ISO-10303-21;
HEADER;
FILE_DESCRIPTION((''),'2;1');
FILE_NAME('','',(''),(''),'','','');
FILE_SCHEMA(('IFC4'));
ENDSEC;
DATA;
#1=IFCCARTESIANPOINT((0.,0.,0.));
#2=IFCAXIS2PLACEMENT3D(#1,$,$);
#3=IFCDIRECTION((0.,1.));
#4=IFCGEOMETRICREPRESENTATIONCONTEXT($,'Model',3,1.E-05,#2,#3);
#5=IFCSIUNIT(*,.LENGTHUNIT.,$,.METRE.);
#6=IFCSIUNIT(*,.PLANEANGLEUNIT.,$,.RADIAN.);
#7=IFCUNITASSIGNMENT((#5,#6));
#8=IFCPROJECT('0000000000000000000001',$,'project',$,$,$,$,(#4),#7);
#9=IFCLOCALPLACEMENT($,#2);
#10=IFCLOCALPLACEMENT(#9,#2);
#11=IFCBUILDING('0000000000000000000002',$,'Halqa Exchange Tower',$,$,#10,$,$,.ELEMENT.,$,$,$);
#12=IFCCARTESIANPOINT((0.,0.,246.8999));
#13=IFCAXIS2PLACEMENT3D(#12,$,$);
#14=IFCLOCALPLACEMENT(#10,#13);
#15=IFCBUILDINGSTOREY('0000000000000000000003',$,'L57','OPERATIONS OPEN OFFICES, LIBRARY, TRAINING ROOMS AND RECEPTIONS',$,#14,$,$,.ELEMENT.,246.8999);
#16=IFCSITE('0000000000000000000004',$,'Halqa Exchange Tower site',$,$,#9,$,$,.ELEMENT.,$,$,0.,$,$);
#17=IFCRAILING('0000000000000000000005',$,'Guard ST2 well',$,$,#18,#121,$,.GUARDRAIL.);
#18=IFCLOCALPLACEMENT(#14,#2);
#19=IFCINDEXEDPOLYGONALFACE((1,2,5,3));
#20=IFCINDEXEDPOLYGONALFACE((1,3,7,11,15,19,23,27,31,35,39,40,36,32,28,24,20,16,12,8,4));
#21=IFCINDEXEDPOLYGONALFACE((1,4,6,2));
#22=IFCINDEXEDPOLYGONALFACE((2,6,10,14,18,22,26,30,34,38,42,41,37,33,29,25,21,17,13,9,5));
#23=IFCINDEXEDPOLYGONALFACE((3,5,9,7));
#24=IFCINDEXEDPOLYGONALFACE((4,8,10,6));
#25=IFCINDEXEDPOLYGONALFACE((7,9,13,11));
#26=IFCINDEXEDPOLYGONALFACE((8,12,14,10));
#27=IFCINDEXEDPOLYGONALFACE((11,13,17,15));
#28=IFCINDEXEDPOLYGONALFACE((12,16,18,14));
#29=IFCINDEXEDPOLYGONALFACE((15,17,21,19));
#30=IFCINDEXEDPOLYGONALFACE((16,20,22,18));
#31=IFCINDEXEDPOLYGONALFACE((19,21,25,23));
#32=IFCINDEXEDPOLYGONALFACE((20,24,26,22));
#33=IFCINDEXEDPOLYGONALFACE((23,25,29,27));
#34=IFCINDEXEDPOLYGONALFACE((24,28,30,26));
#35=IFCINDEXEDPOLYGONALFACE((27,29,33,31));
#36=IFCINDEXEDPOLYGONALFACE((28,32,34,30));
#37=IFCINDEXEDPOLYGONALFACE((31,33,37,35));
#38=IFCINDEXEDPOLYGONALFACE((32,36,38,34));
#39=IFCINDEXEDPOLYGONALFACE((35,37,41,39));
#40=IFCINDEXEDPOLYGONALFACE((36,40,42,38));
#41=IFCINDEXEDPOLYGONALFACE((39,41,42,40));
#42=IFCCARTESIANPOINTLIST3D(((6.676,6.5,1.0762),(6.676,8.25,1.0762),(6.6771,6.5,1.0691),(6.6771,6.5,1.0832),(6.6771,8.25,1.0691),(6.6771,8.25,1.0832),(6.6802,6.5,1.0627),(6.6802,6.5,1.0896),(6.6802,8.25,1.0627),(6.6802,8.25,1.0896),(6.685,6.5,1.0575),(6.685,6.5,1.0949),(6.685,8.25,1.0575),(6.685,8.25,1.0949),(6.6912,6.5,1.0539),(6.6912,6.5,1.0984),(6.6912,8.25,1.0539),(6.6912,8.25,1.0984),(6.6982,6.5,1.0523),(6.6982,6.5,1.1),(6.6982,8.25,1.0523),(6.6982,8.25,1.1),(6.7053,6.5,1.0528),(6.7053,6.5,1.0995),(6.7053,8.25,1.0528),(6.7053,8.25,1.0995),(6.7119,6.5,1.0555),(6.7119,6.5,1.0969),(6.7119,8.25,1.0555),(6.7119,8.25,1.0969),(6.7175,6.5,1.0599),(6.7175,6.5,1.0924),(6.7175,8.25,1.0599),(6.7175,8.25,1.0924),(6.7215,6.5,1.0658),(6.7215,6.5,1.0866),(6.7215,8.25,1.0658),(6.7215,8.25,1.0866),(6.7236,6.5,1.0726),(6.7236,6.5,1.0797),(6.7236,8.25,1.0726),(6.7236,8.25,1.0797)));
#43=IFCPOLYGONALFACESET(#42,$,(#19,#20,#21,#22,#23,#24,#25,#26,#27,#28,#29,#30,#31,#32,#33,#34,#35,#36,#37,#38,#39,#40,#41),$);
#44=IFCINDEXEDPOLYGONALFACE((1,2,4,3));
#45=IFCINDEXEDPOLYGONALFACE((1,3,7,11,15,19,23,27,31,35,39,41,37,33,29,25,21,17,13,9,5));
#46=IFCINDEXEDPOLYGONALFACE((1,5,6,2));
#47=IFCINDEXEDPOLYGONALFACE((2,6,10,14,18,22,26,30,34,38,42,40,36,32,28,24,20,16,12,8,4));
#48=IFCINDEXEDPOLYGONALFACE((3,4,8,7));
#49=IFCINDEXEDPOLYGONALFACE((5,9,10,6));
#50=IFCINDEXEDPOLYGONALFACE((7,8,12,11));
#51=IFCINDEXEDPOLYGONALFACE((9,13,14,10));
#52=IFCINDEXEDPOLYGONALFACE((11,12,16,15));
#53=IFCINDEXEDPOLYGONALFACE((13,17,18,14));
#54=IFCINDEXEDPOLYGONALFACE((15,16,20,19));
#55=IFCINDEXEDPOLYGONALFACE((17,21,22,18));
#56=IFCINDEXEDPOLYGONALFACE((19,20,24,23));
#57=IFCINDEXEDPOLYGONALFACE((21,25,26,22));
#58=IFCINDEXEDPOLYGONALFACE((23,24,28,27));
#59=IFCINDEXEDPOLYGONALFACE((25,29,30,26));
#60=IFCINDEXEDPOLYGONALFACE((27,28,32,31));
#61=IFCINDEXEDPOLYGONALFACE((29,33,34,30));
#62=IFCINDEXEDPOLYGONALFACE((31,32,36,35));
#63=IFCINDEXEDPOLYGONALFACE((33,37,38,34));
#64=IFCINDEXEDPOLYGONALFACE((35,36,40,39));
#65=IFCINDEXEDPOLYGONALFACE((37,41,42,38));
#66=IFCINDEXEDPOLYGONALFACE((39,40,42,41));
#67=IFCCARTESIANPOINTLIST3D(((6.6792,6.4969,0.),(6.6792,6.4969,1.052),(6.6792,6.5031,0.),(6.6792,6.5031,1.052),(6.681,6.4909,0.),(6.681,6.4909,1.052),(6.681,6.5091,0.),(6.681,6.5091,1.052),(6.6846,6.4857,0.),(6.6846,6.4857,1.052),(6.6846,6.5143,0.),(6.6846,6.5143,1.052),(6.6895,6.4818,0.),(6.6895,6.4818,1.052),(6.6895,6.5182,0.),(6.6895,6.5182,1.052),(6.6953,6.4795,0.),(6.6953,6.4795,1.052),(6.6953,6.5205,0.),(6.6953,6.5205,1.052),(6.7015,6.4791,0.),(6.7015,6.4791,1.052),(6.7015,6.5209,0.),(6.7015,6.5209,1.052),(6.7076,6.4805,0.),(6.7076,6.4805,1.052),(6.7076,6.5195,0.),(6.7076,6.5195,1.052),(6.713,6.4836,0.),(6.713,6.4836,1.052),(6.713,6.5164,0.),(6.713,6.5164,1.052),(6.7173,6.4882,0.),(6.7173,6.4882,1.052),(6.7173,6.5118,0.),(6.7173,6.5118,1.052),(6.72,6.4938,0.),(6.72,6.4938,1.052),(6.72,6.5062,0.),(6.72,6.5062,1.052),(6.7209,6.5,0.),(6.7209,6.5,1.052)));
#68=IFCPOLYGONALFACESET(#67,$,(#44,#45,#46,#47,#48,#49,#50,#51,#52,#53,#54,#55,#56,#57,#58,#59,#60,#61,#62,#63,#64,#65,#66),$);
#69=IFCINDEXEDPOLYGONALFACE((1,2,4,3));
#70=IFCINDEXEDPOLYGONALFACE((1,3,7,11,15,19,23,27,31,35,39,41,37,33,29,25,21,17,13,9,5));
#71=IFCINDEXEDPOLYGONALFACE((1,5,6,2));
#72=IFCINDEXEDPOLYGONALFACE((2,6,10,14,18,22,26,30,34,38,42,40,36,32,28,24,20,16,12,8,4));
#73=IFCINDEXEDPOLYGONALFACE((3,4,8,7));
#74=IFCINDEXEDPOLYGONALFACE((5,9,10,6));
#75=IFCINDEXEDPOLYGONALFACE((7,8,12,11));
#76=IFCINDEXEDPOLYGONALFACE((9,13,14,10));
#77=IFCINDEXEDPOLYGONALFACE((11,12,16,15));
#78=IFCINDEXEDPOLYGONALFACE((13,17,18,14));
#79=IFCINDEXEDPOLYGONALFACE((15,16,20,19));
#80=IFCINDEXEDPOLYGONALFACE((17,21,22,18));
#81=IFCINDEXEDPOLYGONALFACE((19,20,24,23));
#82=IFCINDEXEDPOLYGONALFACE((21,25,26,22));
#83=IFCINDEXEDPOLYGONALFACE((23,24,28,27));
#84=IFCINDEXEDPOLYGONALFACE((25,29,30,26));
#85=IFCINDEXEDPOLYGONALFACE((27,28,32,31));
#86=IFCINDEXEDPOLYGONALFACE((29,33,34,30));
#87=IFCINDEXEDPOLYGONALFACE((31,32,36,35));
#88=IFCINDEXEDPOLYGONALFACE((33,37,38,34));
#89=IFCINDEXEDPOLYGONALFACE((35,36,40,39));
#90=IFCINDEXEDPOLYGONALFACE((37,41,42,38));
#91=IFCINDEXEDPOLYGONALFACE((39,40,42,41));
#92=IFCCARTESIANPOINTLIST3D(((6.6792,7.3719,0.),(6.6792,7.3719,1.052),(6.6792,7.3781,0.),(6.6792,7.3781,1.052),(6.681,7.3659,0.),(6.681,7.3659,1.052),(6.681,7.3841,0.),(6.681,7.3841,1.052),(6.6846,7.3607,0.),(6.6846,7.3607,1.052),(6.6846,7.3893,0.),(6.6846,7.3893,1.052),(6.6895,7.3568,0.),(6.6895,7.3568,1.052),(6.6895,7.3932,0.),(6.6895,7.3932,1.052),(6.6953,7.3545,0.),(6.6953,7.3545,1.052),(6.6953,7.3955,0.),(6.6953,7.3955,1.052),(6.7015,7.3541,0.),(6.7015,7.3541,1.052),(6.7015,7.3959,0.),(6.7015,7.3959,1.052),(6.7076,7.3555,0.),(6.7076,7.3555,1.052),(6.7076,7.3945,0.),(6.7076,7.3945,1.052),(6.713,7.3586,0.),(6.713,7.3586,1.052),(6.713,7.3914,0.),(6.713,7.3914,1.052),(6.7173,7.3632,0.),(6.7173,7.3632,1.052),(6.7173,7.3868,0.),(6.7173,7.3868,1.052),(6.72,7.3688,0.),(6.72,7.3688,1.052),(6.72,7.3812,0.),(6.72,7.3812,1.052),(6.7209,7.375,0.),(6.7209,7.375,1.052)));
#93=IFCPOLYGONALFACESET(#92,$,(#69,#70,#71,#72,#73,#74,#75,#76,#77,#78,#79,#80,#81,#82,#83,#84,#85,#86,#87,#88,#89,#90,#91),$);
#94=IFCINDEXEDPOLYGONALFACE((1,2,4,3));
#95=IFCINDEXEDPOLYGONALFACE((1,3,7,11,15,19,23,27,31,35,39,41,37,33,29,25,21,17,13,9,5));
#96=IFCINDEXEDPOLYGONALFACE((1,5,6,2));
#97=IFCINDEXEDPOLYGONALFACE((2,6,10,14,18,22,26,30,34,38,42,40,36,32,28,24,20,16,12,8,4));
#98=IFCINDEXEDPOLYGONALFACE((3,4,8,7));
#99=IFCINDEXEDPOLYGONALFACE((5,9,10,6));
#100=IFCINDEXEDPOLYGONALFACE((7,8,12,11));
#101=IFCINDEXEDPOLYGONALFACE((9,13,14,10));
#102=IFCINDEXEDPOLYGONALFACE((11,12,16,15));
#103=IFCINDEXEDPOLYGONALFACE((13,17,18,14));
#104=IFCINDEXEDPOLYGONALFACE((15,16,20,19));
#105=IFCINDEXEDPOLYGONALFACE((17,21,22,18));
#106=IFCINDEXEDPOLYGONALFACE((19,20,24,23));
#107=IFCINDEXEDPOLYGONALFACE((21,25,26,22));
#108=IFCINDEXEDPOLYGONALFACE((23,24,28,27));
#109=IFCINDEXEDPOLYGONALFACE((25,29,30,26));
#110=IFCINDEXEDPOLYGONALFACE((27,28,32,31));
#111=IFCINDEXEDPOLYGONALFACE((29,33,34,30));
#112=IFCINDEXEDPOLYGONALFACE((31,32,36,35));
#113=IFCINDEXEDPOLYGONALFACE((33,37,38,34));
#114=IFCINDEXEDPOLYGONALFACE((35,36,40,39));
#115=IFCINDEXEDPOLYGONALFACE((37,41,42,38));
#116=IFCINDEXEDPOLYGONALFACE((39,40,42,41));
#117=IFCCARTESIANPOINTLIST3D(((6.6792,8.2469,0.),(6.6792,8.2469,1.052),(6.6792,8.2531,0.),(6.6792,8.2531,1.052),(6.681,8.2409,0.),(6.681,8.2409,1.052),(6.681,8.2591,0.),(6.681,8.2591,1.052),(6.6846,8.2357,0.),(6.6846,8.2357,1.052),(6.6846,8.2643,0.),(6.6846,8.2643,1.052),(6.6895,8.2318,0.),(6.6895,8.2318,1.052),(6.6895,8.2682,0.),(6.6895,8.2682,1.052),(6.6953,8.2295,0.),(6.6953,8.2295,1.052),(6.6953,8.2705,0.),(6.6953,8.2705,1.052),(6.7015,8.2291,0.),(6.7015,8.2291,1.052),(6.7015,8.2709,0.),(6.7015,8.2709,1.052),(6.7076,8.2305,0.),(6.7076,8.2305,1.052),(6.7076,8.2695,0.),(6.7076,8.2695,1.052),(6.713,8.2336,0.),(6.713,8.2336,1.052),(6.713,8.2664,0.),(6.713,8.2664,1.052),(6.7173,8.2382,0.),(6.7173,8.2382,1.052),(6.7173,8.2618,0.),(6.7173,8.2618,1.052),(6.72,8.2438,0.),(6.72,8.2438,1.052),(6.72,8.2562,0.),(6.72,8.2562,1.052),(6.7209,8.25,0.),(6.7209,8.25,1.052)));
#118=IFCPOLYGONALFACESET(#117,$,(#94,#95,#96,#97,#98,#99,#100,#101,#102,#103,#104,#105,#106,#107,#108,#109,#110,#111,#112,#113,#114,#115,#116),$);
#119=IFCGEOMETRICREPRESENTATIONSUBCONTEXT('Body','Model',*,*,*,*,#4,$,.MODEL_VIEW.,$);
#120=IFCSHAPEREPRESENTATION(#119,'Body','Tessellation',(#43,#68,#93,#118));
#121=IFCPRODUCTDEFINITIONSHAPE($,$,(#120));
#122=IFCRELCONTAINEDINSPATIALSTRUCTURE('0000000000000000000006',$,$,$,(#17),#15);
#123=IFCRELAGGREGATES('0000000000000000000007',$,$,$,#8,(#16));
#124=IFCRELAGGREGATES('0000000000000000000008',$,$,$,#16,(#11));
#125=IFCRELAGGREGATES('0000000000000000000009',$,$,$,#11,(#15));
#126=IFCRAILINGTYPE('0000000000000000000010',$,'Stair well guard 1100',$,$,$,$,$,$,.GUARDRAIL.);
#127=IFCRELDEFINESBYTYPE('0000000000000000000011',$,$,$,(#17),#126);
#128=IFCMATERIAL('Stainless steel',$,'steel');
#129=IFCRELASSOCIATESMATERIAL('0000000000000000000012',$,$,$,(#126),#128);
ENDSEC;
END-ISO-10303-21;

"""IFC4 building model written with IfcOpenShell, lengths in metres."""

from ifc_helpers import new_model, si_unit, direction, frame, origin, origin_2d, place, context, subcontext, project, spatial, circle, extrude, material, type_object, element, save


model = new_model("IFC4")

# Units and contexts
model_context = context("Model", 3, precision=1e-05, world=origin(), true_north=direction((0.0, 1.0)))
body_context = subcontext(model_context, "Body", "Model", "MODEL_VIEW")
ifc_project = project(units=[si_unit("LENGTHUNIT", "METRE"), si_unit("PLANEANGLEUNIT", "RADIAN")], contexts=[model_context])

# Site, building, storey
site_placement = place(None, origin())
site = spatial("IfcSite", under=ifc_project, at=site_placement, Name="Halqa Exchange Tower site", CompositionType="ELEMENT", RefElevation=0.0)
building_placement = place(site_placement, origin())
building = spatial("IfcBuilding", under=site, at=building_placement, Name="Halqa Exchange Tower", CompositionType="ELEMENT")
storey_placement = place(building_placement, frame((0.0, 0.0, 246.8999)))
storey = spatial("IfcBuildingStorey", under=building, at=storey_placement, Name="L57", Description="OPERATIONS OPEN OFFICES, LIBRARY, TRAINING ROOMS AND RECEPTIONS", CompositionType="ELEMENT", Elevation=246.8999)

# Railing
ifc_material_1 = material(Name="Stainless steel", Category="steel")
railing_type_1 = type_object("IfcRailingType", Name="Stair well guard 1100", PredefinedType="GUARDRAIL", material=ifc_material_1)
railing_1_placement = place(storey_placement, frame((6.7, 6.5, 0.0)))
element("IfcRailing", 1, at=railing_1_placement, inside=storey, type_object=railing_type_1, Name="Guard ST2 well", PredefinedType="GUARDRAIL", context=body_context, shape_type="SweptSolid", body=[
    extrude(circle(Radius=0.0239, at=origin_2d()), frame((0.0, 0.0, 1.0762), z_axis=(0.0, 1.0, 0.0), x_axis=(-1.0, 0.0, 0.0)), (0.0, 0.0, 1.0), 1.75),
    extrude(circle(Radius=0.021, at=origin_2d()), origin(), (0.0, 0.0, 1.0), 1.052),
    extrude(circle(Radius=0.021, at=origin_2d()), frame((0.0, 0.875, 0.0)), (0.0, 0.0, 1.0), 1.052),
    extrude(circle(Radius=0.021, at=origin_2d()), frame((0.0, 1.75, 0.0)), (0.0, 0.0, 1.0), 1.052),
])

save(model, "model.ifc")
